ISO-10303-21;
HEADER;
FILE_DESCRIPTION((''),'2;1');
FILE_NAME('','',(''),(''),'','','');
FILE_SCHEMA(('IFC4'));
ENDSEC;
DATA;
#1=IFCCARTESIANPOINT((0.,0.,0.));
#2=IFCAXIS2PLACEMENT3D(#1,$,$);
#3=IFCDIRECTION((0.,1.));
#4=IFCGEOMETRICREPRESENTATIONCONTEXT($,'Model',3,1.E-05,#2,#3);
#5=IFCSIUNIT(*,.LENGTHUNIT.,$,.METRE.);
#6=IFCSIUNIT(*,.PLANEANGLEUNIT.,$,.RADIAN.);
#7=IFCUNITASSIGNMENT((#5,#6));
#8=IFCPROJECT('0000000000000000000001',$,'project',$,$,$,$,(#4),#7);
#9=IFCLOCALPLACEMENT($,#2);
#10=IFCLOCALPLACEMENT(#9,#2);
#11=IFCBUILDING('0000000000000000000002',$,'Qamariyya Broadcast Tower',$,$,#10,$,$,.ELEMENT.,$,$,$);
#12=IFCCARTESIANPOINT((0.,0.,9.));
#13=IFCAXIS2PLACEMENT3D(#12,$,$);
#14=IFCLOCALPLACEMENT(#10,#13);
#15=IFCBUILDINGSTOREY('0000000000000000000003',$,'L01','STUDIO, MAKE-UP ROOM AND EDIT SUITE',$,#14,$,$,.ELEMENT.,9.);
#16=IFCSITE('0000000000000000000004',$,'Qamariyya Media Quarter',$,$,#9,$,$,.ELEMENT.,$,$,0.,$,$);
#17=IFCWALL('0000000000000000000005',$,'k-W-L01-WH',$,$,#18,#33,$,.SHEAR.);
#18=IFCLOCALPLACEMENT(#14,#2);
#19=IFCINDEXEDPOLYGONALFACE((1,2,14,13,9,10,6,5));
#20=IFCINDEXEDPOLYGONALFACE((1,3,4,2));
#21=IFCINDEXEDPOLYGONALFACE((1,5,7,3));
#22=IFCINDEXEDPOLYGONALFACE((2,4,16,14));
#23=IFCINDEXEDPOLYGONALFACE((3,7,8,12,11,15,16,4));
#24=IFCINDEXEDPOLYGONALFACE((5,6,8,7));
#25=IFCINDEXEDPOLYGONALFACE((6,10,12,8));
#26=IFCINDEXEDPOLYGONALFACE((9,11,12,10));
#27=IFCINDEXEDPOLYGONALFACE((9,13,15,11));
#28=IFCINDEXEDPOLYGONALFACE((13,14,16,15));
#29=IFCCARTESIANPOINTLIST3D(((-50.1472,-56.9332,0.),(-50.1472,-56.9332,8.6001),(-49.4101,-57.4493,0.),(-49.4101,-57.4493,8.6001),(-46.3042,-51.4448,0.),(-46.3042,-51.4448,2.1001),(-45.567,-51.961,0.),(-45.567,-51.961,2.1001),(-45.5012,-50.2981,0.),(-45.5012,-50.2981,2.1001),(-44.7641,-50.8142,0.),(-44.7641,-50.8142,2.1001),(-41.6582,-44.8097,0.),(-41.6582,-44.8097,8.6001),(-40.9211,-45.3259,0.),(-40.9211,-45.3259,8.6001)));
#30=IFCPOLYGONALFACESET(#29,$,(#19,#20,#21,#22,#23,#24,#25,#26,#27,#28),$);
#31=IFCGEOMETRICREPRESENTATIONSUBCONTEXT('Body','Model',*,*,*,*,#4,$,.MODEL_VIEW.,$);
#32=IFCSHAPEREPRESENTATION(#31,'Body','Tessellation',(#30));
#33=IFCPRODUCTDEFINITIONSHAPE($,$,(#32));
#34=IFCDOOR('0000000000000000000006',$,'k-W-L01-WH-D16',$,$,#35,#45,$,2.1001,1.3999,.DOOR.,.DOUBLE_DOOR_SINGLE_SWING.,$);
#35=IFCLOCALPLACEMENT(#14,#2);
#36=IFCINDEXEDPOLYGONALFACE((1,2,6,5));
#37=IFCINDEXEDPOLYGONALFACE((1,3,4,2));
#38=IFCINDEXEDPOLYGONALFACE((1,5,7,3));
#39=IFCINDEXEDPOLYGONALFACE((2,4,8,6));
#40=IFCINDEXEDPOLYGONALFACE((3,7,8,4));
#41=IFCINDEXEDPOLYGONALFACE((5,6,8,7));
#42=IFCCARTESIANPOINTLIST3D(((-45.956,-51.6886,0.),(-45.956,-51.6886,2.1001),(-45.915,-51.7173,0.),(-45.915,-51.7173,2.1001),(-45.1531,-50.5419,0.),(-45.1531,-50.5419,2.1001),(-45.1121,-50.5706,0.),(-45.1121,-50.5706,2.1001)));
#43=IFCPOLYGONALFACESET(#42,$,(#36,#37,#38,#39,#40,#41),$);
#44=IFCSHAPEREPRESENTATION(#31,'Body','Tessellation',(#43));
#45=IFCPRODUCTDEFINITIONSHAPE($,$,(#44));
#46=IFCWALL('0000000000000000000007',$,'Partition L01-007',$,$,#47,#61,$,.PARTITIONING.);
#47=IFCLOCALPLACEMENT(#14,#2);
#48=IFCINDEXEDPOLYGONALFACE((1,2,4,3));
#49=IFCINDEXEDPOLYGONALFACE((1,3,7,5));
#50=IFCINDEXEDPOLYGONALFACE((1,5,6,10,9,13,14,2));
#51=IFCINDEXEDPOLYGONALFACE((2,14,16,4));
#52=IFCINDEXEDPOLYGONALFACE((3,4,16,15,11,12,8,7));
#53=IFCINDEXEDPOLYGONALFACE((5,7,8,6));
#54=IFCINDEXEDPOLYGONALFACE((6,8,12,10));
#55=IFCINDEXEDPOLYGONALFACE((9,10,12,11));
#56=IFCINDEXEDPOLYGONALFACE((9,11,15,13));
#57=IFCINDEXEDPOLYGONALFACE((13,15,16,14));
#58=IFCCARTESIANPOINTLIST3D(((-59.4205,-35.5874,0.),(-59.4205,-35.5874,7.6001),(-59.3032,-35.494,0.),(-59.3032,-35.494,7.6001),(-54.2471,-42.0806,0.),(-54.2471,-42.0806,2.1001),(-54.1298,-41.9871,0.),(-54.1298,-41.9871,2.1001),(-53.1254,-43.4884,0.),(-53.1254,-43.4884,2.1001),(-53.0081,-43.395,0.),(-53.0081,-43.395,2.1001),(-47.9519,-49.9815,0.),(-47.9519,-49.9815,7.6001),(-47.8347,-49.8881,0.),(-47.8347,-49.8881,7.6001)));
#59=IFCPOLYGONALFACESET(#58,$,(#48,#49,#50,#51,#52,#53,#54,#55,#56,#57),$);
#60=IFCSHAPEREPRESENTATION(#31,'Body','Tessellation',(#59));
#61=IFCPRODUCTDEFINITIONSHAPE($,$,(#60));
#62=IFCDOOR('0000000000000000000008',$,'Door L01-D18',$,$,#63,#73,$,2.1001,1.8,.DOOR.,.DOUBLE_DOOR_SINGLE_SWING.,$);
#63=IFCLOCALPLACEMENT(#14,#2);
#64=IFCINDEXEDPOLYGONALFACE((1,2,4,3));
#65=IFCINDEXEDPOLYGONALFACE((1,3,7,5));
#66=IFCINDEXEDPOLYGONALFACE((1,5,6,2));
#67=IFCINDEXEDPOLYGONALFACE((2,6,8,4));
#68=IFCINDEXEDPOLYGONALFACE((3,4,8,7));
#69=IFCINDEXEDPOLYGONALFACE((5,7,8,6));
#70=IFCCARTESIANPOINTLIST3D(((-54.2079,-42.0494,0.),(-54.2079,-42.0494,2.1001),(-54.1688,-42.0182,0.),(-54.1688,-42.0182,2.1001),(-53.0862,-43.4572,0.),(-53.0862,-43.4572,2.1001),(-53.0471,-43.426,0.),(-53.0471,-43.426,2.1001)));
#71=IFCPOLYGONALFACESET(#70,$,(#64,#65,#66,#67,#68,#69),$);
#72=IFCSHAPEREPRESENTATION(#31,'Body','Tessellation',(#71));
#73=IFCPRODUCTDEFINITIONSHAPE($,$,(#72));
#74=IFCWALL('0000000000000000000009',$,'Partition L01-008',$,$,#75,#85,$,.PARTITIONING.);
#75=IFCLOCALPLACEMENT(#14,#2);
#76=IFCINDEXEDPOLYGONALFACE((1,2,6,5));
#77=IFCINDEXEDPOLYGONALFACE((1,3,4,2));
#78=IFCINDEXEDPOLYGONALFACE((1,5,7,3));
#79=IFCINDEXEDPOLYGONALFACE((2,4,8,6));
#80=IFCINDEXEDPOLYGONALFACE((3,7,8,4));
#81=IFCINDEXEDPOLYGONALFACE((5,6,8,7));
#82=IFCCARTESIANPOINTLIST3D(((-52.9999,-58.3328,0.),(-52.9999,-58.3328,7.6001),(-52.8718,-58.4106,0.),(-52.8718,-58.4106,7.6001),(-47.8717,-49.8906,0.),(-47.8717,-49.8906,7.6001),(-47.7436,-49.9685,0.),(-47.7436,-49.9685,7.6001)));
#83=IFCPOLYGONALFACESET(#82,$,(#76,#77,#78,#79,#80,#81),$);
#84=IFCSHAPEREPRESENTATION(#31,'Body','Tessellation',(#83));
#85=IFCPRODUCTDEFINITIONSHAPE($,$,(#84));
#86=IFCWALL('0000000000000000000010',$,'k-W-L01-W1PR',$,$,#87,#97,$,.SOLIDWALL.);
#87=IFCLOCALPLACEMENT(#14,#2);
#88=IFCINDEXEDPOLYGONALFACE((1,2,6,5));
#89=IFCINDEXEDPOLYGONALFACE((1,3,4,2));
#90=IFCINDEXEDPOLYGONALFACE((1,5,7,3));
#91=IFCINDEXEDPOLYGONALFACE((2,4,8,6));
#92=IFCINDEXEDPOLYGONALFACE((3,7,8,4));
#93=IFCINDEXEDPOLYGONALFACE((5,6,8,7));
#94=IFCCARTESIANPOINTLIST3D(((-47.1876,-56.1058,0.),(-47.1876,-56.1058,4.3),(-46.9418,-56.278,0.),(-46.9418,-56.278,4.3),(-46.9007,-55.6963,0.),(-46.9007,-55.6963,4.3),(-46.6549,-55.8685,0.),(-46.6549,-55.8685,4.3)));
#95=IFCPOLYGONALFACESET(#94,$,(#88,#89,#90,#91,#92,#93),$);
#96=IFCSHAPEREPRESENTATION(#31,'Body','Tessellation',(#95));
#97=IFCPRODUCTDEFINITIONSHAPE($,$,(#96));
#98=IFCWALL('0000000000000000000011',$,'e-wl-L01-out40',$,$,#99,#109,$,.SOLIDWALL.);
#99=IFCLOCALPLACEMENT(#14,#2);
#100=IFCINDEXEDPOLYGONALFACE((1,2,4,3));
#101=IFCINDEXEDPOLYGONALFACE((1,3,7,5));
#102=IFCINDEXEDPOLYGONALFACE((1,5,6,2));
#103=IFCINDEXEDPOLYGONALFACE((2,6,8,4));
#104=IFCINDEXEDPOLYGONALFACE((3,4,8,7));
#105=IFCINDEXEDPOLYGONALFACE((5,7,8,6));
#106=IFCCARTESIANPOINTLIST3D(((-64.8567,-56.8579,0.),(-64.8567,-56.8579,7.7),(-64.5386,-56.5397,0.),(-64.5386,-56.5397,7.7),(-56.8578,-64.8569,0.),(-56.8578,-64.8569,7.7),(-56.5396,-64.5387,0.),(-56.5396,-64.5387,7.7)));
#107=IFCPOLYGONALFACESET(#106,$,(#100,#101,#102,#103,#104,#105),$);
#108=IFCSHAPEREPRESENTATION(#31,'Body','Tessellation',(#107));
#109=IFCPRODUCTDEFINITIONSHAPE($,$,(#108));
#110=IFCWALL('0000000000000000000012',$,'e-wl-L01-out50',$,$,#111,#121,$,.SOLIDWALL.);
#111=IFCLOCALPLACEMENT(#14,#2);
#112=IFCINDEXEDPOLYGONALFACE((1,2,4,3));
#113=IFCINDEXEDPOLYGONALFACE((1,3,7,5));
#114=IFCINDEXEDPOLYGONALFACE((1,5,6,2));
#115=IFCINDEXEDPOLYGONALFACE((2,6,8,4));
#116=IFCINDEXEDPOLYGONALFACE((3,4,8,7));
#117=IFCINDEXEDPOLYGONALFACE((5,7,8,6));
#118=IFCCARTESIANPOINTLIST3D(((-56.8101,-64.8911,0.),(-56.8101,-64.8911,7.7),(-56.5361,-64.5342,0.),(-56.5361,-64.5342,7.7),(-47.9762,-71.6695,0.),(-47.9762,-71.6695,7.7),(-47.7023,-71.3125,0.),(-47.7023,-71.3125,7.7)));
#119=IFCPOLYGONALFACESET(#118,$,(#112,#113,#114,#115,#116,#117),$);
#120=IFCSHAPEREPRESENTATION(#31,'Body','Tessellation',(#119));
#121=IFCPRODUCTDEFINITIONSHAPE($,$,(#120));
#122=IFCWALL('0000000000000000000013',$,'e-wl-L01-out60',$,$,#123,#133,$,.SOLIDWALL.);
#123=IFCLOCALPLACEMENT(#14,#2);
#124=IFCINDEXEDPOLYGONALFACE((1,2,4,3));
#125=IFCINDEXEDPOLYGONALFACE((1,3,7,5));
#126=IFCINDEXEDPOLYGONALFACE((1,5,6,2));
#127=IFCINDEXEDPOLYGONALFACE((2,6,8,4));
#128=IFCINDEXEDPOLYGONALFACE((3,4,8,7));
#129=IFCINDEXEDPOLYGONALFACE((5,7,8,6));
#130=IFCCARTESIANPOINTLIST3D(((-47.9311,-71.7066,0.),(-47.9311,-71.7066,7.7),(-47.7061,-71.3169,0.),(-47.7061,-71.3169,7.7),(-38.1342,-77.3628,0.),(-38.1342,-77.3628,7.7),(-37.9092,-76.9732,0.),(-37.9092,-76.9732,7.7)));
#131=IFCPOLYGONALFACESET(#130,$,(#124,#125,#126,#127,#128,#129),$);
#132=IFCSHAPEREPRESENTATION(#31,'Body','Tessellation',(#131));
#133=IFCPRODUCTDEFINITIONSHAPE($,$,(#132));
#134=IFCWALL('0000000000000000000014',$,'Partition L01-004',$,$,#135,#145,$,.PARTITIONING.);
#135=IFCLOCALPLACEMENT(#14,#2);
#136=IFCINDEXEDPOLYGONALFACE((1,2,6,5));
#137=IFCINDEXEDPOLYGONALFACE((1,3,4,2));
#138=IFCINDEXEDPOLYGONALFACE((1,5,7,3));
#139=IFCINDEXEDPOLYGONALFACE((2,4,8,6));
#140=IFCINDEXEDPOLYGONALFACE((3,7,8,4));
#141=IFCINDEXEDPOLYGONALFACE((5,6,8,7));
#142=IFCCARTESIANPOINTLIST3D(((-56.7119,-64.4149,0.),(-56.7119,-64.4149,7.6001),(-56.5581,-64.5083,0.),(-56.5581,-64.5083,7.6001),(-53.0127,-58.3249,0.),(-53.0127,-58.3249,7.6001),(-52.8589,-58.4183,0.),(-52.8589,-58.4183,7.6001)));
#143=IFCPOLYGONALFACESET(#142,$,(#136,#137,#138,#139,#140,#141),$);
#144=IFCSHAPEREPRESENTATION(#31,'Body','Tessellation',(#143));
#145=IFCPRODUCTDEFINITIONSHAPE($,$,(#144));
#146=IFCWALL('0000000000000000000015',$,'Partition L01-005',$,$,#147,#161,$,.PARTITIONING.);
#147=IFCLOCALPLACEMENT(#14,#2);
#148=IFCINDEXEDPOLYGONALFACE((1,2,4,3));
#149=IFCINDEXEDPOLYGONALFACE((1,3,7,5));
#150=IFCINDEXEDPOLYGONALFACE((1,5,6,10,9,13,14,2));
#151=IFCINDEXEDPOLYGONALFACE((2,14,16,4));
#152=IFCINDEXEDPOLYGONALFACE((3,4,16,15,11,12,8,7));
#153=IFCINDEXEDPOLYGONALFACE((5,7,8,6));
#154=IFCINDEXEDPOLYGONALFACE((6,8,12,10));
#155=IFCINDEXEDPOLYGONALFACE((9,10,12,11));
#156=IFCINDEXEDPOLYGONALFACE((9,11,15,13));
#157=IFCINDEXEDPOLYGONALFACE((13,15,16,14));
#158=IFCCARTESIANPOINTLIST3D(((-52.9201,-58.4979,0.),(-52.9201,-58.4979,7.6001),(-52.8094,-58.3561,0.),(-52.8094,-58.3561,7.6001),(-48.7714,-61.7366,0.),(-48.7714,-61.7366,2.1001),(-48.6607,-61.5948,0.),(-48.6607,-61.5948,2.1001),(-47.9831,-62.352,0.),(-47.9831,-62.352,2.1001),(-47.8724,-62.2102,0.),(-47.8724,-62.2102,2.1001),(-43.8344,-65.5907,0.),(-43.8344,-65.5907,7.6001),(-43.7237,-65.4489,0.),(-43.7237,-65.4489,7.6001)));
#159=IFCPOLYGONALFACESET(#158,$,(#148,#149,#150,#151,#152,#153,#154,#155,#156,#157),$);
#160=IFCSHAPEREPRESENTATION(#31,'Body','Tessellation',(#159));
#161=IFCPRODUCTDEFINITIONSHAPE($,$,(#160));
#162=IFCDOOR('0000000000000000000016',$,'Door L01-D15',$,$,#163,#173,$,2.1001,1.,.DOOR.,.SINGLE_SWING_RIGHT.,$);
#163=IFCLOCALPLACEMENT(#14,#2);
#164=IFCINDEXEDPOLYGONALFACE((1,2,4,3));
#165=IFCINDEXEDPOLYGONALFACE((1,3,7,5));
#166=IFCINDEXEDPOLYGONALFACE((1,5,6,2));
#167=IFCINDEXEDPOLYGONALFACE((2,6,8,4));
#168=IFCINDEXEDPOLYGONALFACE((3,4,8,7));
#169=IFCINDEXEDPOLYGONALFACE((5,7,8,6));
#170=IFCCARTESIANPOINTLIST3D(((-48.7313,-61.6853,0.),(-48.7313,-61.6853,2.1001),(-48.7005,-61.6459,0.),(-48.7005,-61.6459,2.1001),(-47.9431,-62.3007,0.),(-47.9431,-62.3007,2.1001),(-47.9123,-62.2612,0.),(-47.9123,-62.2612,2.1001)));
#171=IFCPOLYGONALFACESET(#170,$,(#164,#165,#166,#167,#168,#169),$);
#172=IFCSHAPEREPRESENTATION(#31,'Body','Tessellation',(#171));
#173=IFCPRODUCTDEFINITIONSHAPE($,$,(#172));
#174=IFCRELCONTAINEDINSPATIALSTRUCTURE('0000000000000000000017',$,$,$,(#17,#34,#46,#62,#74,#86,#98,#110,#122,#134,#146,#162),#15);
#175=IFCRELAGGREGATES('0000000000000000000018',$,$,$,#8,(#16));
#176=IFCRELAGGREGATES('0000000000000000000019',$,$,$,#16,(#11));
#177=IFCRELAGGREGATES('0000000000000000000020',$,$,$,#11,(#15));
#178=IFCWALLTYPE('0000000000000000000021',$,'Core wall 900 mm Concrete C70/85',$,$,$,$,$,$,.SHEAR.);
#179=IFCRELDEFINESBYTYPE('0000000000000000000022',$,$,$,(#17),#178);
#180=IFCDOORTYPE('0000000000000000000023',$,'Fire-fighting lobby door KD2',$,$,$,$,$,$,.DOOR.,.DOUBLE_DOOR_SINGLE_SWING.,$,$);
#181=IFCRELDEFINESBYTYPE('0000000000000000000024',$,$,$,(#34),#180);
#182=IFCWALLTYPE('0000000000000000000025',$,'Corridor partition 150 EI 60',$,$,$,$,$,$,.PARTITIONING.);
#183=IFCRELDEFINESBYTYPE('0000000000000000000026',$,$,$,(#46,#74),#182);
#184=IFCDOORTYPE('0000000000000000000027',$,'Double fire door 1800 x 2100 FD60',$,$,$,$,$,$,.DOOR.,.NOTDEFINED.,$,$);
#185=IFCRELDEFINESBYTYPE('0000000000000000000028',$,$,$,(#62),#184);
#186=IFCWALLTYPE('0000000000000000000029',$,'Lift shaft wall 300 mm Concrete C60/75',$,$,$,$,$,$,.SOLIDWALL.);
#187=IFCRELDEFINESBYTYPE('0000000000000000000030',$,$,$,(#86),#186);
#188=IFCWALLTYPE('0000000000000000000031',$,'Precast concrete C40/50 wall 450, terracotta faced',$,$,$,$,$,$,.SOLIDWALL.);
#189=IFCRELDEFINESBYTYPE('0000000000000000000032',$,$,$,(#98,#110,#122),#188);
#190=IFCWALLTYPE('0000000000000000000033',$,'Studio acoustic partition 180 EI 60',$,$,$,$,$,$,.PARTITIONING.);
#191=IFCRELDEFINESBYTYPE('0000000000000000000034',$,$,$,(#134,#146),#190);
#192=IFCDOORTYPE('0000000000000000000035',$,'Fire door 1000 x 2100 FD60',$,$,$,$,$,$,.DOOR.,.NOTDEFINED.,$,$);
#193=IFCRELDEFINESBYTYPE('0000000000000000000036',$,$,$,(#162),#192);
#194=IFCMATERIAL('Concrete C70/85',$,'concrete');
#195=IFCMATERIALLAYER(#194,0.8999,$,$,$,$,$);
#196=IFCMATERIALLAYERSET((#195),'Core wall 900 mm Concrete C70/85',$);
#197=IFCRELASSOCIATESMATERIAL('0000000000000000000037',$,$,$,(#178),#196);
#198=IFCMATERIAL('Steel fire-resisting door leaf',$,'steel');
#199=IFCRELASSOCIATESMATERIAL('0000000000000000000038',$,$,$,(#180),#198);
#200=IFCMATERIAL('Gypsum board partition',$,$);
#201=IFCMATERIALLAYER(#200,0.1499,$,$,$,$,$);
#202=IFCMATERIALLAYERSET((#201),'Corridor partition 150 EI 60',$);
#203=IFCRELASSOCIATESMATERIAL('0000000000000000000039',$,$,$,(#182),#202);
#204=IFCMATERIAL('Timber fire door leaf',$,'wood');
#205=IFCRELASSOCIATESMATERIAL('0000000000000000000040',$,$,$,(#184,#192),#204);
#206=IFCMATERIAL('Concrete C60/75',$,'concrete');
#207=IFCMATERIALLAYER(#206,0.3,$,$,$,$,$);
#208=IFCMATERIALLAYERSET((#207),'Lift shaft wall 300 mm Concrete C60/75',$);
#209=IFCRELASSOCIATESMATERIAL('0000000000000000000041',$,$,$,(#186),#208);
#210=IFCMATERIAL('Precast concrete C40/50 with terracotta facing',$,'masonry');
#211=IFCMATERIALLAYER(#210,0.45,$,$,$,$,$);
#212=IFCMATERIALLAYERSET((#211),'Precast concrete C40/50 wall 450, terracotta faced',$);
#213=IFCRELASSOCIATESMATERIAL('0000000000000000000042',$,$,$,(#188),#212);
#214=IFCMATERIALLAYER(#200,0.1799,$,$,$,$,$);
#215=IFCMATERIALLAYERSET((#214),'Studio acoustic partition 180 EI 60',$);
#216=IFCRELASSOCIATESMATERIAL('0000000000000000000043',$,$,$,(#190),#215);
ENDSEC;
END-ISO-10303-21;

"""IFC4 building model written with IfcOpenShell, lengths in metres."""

from ifc_helpers import new_model, si_unit, direction, frame, frame_2d, origin, place, context, subcontext, project, spatial, rectangle, extrude, material, layer, layer_set, type_object, element, fill, save


model = new_model("IFC4")

# Units and contexts
model_context = context("Model", 3, precision=1e-05, world=origin(), true_north=direction((0.0, 1.0)))
body_context = subcontext(model_context, "Body", "Model", "MODEL_VIEW")
ifc_project = project(units=[si_unit("LENGTHUNIT", "METRE"), si_unit("PLANEANGLEUNIT", "RADIAN")], contexts=[model_context])

# Site, building, storey
site_placement = place(None, origin())
site = spatial("IfcSite", under=ifc_project, at=site_placement, Name="Qamariyya Media Quarter", CompositionType="ELEMENT", RefElevation=0.0)
building_placement = place(site_placement, origin())
building = spatial("IfcBuilding", under=site, at=building_placement, Name="Qamariyya Broadcast Tower", CompositionType="ELEMENT")
storey_placement = place(building_placement, frame((0.0, 0.0, 9.0)))
storey = spatial("IfcBuildingStorey", under=building, at=storey_placement, Name="L01", Description="STUDIO, MAKE-UP ROOM AND EDIT SUITE", CompositionType="ELEMENT", Elevation=9.0)

# Shared definitions
ifc_material_1 = material(Name="Concrete C70/85", Category="concrete")

# Walls, openings, doors
ifc_layer_1 = layer(ifc_material_1, 0.8999)
ifc_layer_set_1 = layer_set([ifc_layer_1], Name="Core wall 900 mm Concrete C70/85")
wall_type_1 = type_object("IfcWallType", Name="Core wall 900 mm Concrete C70/85", PredefinedType="SHEAR", material=ifc_layer_set_1)
wall_1_placement = place(storey_placement, frame((-49.7786, -57.1912, 0.0), z_axis=(0.0, 0.0, 1.0), x_axis=(0.573577, 0.819151, 0.0)))
wall_1 = element("IfcWall", 1, at=wall_1_placement, inside=storey, type_object=wall_type_1, Name="k-W-L01-WH", PredefinedType="SHEAR", context=body_context, shape_type="SweptSolid", body=[
    extrude(rectangle(XDim=14.8, YDim=0.8999, at=frame_2d((7.3999, 0.0))), origin(), (0.0, 0.0, 1.0), 8.6001),
])
opening_1_placement = place(wall_1_placement, frame((6.7, 0.0, 0.0)))
opening_1 = element("IfcOpeningElement", 2, at=opening_1_placement, cuts=wall_1, PredefinedType="OPENING", context=body_context, shape_type="SweptSolid", body=[
    extrude(rectangle(XDim=1.3999, YDim=2.1001, at=frame_2d((0.7, 1.05))), frame((0.0, 0.46, 0.0), z_axis=(0.0, -1.0, 0.0), x_axis=(1.0, 0.0, 0.0)), (0.0, 0.0, 1.0), 0.9199),
])
ifc_material_2 = material(Name="Steel fire-resisting door leaf", Category="steel")
door_type_1 = type_object("IfcDoorType", Name="Fire-fighting lobby door KD2", OperationType="DOUBLE_DOOR_SINGLE_SWING", PredefinedType="DOOR", material=ifc_material_2)
door_1_placement = place(opening_1_placement, origin())
door_1 = element("IfcDoor", 3, at=door_1_placement, inside=storey, type_object=door_type_1, Name="k-W-L01-WH-D16", OperationType="DOUBLE_DOOR_SINGLE_SWING", OverallHeight=2.1001, OverallWidth=1.3999, PredefinedType="DOOR", context=body_context, shape_type="SweptSolid", body=[
    extrude(rectangle(XDim=1.3999, YDim=2.1001, at=frame_2d((0.7, 1.05))), frame((0.0, 0.0249, 0.0), z_axis=(0.0, -1.0, 0.0), x_axis=(1.0, 0.0, 0.0)), (0.0, 0.0, 1.0), 0.05),
])
fill(opening_1, door_1)
ifc_material_3 = material(Name="Gypsum board partition")
ifc_layer_2 = layer(ifc_material_3, 0.1499)
ifc_layer_set_2 = layer_set([ifc_layer_2], Name="Corridor partition 150 EI 60")
wall_type_2 = type_object("IfcWallType", Name="Corridor partition 150 EI 60", PredefinedType="PARTITIONING", material=ifc_layer_set_2)
wall_2_placement = place(storey_placement, frame((-47.8933, -49.9348, 0.0), z_axis=(0.0, 0.0, 1.0), x_axis=(-0.623146, 0.782106, 0.0)))
wall_2 = element("IfcWall", 4, at=wall_2_placement, inside=storey, type_object=wall_type_2, Name="Partition L01-007", PredefinedType="PARTITIONING", context=body_context, shape_type="SweptSolid", body=[
    extrude(rectangle(XDim=18.4043, YDim=0.1499, at=frame_2d((9.2021, 0.0))), origin(), (0.0, 0.0, 1.0), 7.6001),
])
opening_2_placement = place(wall_2_placement, frame((8.3022, 0.0, 0.0)))
opening_2 = element("IfcOpeningElement", 5, at=opening_2_placement, cuts=wall_2, PredefinedType="OPENING", context=body_context, shape_type="SweptSolid", body=[
    extrude(rectangle(XDim=1.8, YDim=2.1001, at=frame_2d((0.8999, 1.05))), frame((0.0, 0.085, 0.0), z_axis=(0.0, -1.0, 0.0), x_axis=(1.0, 0.0, 0.0)), (0.0, 0.0, 1.0), 0.1699),
])
ifc_material_4 = material(Name="Timber fire door leaf", Category="wood")
door_type_2 = type_object("IfcDoorType", Name="Double fire door 1800 x 2100 FD60", OperationType="NOTDEFINED", PredefinedType="DOOR", material=ifc_material_4)
door_2_placement = place(opening_2_placement, origin())
door_2 = element("IfcDoor", 6, at=door_2_placement, inside=storey, type_object=door_type_2, Name="Door L01-D18", OperationType="DOUBLE_DOOR_SINGLE_SWING", OverallHeight=2.1001, OverallWidth=1.8, PredefinedType="DOOR", context=body_context, shape_type="SweptSolid", body=[
    extrude(rectangle(XDim=1.8, YDim=2.1001, at=frame_2d((0.8999, 1.05))), frame((0.0, 0.0249, 0.0), z_axis=(0.0, -1.0, 0.0), x_axis=(1.0, 0.0, 0.0)), (0.0, 0.0, 1.0), 0.05),
])
fill(opening_2, door_2)

# Walls
wall_3_placement = place(storey_placement, frame((-47.8076, -49.9294, 0.0), z_axis=(0.0, 0.0, 1.0), x_axis=(-0.51917, -0.854671, 0.0)))
element("IfcWall", 7, at=wall_3_placement, inside=storey, type_object=wall_type_2, Name="Partition L01-008", PredefinedType="PARTITIONING", context=body_context, shape_type="SweptSolid", body=[
    extrude(rectangle(XDim=9.8777, YDim=0.1499, at=frame_2d((4.939, 0.0))), origin(), (0.0, 0.0, 1.0), 7.6001),
])
ifc_material_5 = material(Name="Concrete C60/75", Category="concrete")
ifc_layer_3 = layer(ifc_material_5, 0.3)
ifc_layer_set_3 = layer_set([ifc_layer_3], Name="Lift shaft wall 300 mm Concrete C60/75")
wall_type_3 = type_object("IfcWallType", Name="Lift shaft wall 300 mm Concrete C60/75", PredefinedType="SOLIDWALL", material=ifc_layer_set_3)
wall_4_placement = place(storey_placement, frame((-47.0647, -56.1919, 0.0), z_axis=(0.0, 0.0, 1.0), x_axis=(0.573823, 0.818979, 0.0)))
element("IfcWall", 8, at=wall_4_placement, inside=storey, type_object=wall_type_3, Name="k-W-L01-W1PR", PredefinedType="SOLIDWALL", context=body_context, shape_type="SweptSolid", body=[
    extrude(rectangle(XDim=0.5, YDim=0.3, at=frame_2d((0.25, 0.0))), origin(), (0.0, 0.0, 1.0), 4.3),
])
ifc_material_6 = material(Name="Precast concrete C40/50 with terracotta facing", Category="masonry")
ifc_layer_4 = layer(ifc_material_6, 0.45)
ifc_layer_set_4 = layer_set([ifc_layer_4], Name="Precast concrete C40/50 wall 450, terracotta faced")
wall_type_4 = type_object("IfcWallType", Name="Precast concrete C40/50 wall 450, terracotta faced", PredefinedType="SOLIDWALL", material=ifc_layer_set_4)
wall_5_placement = place(storey_placement, frame((-64.6978, -56.6987, 0.0), z_axis=(0.0, 0.0, 1.0), x_axis=(0.707107, -0.707107, 0.0)))
element("IfcWall", 9, at=wall_5_placement, inside=storey, type_object=wall_type_4, Name="e-wl-L01-out40", PredefinedType="SOLIDWALL", context=body_context, shape_type="SweptSolid", body=[
    extrude(rectangle(XDim=11.3123, YDim=0.45, at=frame_2d((5.6562, 0.0))), origin(), (0.0, 0.0, 1.0), 7.7),
])
wall_6_placement = place(storey_placement, frame((-56.6731, -64.7126, 0.0), z_axis=(0.0, 0.0, 1.0), x_axis=(0.793355, -0.608759, 0.0)))
element("IfcWall", 10, at=wall_6_placement, inside=storey, type_object=wall_type_4, Name="e-wl-L01-out50", PredefinedType="SOLIDWALL", context=body_context, shape_type="SweptSolid", body=[
    extrude(rectangle(XDim=11.1348, YDim=0.45, at=frame_2d((5.5674, 0.0))), origin(), (0.0, 0.0, 1.0), 7.7),
])
wall_7_placement = place(storey_placement, frame((-47.8186, -71.5117, 0.0), z_axis=(0.0, 0.0, 1.0), x_axis=(0.866025, -0.500001, 0.0)))
element("IfcWall", 11, at=wall_7_placement, inside=storey, type_object=wall_type_4, Name="e-wl-L01-out60", PredefinedType="SOLIDWALL", context=body_context, shape_type="SweptSolid", body=[
    extrude(rectangle(XDim=11.3125, YDim=0.45, at=frame_2d((5.6562, 0.0))), origin(), (0.0, 0.0, 1.0), 7.7),
])
ifc_layer_5 = layer(ifc_material_3, 0.1799)
ifc_layer_set_5 = layer_set([ifc_layer_5], Name="Studio acoustic partition 180 EI 60")
wall_type_5 = type_object("IfcWallType", Name="Studio acoustic partition 180 EI 60", PredefinedType="PARTITIONING", material=ifc_layer_set_5)
wall_8_placement = place(storey_placement, frame((-52.9358, -58.3716, 0.0), z_axis=(0.0, 0.0, 1.0), x_axis=(-0.519149, -0.854684, 0.0)))
element("IfcWall", 12, at=wall_8_placement, inside=storey, type_object=wall_type_5, Name="Partition L01-004", PredefinedType="PARTITIONING", context=body_context, shape_type="SweptSolid", body=[
    extrude(rectangle(XDim=7.1255, YDim=0.1799, at=frame_2d((3.5627, 0.0))), origin(), (0.0, 0.0, 1.0), 7.6001),
])

# Wall, opening, door
wall_9_placement = place(storey_placement, frame((-43.7791, -65.5198, 0.0), z_axis=(0.0, 0.0, 1.0), x_axis=(-0.788253, 0.615352, 0.0)))
wall_9 = element("IfcWall", 13, at=wall_9_placement, inside=storey, type_object=wall_type_5, Name="Partition L01-005", PredefinedType="PARTITIONING", context=body_context, shape_type="SweptSolid", body=[
    extrude(rectangle(XDim=11.5264, YDim=0.1799, at=frame_2d((5.7632, 0.0))), origin(), (0.0, 0.0, 1.0), 7.6001),
])
opening_3_placement = place(wall_9_placement, frame((5.2632, 0.0, 0.0)))
opening_3 = element("IfcOpeningElement", 14, at=opening_3_placement, cuts=wall_9, PredefinedType="OPENING", context=body_context, shape_type="SweptSolid", body=[
    extrude(rectangle(XDim=1.0, YDim=2.1001, at=frame_2d((0.5, 1.05))), frame((0.0, 0.0999, 0.0), z_axis=(0.0, -1.0, 0.0), x_axis=(1.0, 0.0, 0.0)), (0.0, 0.0, 1.0), 0.2),
])
door_type_3 = type_object("IfcDoorType", Name="Fire door 1000 x 2100 FD60", OperationType="NOTDEFINED", PredefinedType="DOOR", material=ifc_material_4)
door_3_placement = place(opening_3_placement, origin())
door_3 = element("IfcDoor", 15, at=door_3_placement, inside=storey, type_object=door_type_3, Name="Door L01-D15", OperationType="SINGLE_SWING_RIGHT", OverallHeight=2.1001, OverallWidth=1.0, PredefinedType="DOOR", context=body_context, shape_type="SweptSolid", body=[
    extrude(rectangle(XDim=1.0, YDim=2.1001, at=frame_2d((0.5, 1.05))), frame((0.0, 0.0249, 0.0), z_axis=(0.0, -1.0, 0.0), x_axis=(1.0, 0.0, 0.0)), (0.0, 0.0, 1.0), 0.05),
])
fill(opening_3, door_3)

save(model, "model.ifc")
